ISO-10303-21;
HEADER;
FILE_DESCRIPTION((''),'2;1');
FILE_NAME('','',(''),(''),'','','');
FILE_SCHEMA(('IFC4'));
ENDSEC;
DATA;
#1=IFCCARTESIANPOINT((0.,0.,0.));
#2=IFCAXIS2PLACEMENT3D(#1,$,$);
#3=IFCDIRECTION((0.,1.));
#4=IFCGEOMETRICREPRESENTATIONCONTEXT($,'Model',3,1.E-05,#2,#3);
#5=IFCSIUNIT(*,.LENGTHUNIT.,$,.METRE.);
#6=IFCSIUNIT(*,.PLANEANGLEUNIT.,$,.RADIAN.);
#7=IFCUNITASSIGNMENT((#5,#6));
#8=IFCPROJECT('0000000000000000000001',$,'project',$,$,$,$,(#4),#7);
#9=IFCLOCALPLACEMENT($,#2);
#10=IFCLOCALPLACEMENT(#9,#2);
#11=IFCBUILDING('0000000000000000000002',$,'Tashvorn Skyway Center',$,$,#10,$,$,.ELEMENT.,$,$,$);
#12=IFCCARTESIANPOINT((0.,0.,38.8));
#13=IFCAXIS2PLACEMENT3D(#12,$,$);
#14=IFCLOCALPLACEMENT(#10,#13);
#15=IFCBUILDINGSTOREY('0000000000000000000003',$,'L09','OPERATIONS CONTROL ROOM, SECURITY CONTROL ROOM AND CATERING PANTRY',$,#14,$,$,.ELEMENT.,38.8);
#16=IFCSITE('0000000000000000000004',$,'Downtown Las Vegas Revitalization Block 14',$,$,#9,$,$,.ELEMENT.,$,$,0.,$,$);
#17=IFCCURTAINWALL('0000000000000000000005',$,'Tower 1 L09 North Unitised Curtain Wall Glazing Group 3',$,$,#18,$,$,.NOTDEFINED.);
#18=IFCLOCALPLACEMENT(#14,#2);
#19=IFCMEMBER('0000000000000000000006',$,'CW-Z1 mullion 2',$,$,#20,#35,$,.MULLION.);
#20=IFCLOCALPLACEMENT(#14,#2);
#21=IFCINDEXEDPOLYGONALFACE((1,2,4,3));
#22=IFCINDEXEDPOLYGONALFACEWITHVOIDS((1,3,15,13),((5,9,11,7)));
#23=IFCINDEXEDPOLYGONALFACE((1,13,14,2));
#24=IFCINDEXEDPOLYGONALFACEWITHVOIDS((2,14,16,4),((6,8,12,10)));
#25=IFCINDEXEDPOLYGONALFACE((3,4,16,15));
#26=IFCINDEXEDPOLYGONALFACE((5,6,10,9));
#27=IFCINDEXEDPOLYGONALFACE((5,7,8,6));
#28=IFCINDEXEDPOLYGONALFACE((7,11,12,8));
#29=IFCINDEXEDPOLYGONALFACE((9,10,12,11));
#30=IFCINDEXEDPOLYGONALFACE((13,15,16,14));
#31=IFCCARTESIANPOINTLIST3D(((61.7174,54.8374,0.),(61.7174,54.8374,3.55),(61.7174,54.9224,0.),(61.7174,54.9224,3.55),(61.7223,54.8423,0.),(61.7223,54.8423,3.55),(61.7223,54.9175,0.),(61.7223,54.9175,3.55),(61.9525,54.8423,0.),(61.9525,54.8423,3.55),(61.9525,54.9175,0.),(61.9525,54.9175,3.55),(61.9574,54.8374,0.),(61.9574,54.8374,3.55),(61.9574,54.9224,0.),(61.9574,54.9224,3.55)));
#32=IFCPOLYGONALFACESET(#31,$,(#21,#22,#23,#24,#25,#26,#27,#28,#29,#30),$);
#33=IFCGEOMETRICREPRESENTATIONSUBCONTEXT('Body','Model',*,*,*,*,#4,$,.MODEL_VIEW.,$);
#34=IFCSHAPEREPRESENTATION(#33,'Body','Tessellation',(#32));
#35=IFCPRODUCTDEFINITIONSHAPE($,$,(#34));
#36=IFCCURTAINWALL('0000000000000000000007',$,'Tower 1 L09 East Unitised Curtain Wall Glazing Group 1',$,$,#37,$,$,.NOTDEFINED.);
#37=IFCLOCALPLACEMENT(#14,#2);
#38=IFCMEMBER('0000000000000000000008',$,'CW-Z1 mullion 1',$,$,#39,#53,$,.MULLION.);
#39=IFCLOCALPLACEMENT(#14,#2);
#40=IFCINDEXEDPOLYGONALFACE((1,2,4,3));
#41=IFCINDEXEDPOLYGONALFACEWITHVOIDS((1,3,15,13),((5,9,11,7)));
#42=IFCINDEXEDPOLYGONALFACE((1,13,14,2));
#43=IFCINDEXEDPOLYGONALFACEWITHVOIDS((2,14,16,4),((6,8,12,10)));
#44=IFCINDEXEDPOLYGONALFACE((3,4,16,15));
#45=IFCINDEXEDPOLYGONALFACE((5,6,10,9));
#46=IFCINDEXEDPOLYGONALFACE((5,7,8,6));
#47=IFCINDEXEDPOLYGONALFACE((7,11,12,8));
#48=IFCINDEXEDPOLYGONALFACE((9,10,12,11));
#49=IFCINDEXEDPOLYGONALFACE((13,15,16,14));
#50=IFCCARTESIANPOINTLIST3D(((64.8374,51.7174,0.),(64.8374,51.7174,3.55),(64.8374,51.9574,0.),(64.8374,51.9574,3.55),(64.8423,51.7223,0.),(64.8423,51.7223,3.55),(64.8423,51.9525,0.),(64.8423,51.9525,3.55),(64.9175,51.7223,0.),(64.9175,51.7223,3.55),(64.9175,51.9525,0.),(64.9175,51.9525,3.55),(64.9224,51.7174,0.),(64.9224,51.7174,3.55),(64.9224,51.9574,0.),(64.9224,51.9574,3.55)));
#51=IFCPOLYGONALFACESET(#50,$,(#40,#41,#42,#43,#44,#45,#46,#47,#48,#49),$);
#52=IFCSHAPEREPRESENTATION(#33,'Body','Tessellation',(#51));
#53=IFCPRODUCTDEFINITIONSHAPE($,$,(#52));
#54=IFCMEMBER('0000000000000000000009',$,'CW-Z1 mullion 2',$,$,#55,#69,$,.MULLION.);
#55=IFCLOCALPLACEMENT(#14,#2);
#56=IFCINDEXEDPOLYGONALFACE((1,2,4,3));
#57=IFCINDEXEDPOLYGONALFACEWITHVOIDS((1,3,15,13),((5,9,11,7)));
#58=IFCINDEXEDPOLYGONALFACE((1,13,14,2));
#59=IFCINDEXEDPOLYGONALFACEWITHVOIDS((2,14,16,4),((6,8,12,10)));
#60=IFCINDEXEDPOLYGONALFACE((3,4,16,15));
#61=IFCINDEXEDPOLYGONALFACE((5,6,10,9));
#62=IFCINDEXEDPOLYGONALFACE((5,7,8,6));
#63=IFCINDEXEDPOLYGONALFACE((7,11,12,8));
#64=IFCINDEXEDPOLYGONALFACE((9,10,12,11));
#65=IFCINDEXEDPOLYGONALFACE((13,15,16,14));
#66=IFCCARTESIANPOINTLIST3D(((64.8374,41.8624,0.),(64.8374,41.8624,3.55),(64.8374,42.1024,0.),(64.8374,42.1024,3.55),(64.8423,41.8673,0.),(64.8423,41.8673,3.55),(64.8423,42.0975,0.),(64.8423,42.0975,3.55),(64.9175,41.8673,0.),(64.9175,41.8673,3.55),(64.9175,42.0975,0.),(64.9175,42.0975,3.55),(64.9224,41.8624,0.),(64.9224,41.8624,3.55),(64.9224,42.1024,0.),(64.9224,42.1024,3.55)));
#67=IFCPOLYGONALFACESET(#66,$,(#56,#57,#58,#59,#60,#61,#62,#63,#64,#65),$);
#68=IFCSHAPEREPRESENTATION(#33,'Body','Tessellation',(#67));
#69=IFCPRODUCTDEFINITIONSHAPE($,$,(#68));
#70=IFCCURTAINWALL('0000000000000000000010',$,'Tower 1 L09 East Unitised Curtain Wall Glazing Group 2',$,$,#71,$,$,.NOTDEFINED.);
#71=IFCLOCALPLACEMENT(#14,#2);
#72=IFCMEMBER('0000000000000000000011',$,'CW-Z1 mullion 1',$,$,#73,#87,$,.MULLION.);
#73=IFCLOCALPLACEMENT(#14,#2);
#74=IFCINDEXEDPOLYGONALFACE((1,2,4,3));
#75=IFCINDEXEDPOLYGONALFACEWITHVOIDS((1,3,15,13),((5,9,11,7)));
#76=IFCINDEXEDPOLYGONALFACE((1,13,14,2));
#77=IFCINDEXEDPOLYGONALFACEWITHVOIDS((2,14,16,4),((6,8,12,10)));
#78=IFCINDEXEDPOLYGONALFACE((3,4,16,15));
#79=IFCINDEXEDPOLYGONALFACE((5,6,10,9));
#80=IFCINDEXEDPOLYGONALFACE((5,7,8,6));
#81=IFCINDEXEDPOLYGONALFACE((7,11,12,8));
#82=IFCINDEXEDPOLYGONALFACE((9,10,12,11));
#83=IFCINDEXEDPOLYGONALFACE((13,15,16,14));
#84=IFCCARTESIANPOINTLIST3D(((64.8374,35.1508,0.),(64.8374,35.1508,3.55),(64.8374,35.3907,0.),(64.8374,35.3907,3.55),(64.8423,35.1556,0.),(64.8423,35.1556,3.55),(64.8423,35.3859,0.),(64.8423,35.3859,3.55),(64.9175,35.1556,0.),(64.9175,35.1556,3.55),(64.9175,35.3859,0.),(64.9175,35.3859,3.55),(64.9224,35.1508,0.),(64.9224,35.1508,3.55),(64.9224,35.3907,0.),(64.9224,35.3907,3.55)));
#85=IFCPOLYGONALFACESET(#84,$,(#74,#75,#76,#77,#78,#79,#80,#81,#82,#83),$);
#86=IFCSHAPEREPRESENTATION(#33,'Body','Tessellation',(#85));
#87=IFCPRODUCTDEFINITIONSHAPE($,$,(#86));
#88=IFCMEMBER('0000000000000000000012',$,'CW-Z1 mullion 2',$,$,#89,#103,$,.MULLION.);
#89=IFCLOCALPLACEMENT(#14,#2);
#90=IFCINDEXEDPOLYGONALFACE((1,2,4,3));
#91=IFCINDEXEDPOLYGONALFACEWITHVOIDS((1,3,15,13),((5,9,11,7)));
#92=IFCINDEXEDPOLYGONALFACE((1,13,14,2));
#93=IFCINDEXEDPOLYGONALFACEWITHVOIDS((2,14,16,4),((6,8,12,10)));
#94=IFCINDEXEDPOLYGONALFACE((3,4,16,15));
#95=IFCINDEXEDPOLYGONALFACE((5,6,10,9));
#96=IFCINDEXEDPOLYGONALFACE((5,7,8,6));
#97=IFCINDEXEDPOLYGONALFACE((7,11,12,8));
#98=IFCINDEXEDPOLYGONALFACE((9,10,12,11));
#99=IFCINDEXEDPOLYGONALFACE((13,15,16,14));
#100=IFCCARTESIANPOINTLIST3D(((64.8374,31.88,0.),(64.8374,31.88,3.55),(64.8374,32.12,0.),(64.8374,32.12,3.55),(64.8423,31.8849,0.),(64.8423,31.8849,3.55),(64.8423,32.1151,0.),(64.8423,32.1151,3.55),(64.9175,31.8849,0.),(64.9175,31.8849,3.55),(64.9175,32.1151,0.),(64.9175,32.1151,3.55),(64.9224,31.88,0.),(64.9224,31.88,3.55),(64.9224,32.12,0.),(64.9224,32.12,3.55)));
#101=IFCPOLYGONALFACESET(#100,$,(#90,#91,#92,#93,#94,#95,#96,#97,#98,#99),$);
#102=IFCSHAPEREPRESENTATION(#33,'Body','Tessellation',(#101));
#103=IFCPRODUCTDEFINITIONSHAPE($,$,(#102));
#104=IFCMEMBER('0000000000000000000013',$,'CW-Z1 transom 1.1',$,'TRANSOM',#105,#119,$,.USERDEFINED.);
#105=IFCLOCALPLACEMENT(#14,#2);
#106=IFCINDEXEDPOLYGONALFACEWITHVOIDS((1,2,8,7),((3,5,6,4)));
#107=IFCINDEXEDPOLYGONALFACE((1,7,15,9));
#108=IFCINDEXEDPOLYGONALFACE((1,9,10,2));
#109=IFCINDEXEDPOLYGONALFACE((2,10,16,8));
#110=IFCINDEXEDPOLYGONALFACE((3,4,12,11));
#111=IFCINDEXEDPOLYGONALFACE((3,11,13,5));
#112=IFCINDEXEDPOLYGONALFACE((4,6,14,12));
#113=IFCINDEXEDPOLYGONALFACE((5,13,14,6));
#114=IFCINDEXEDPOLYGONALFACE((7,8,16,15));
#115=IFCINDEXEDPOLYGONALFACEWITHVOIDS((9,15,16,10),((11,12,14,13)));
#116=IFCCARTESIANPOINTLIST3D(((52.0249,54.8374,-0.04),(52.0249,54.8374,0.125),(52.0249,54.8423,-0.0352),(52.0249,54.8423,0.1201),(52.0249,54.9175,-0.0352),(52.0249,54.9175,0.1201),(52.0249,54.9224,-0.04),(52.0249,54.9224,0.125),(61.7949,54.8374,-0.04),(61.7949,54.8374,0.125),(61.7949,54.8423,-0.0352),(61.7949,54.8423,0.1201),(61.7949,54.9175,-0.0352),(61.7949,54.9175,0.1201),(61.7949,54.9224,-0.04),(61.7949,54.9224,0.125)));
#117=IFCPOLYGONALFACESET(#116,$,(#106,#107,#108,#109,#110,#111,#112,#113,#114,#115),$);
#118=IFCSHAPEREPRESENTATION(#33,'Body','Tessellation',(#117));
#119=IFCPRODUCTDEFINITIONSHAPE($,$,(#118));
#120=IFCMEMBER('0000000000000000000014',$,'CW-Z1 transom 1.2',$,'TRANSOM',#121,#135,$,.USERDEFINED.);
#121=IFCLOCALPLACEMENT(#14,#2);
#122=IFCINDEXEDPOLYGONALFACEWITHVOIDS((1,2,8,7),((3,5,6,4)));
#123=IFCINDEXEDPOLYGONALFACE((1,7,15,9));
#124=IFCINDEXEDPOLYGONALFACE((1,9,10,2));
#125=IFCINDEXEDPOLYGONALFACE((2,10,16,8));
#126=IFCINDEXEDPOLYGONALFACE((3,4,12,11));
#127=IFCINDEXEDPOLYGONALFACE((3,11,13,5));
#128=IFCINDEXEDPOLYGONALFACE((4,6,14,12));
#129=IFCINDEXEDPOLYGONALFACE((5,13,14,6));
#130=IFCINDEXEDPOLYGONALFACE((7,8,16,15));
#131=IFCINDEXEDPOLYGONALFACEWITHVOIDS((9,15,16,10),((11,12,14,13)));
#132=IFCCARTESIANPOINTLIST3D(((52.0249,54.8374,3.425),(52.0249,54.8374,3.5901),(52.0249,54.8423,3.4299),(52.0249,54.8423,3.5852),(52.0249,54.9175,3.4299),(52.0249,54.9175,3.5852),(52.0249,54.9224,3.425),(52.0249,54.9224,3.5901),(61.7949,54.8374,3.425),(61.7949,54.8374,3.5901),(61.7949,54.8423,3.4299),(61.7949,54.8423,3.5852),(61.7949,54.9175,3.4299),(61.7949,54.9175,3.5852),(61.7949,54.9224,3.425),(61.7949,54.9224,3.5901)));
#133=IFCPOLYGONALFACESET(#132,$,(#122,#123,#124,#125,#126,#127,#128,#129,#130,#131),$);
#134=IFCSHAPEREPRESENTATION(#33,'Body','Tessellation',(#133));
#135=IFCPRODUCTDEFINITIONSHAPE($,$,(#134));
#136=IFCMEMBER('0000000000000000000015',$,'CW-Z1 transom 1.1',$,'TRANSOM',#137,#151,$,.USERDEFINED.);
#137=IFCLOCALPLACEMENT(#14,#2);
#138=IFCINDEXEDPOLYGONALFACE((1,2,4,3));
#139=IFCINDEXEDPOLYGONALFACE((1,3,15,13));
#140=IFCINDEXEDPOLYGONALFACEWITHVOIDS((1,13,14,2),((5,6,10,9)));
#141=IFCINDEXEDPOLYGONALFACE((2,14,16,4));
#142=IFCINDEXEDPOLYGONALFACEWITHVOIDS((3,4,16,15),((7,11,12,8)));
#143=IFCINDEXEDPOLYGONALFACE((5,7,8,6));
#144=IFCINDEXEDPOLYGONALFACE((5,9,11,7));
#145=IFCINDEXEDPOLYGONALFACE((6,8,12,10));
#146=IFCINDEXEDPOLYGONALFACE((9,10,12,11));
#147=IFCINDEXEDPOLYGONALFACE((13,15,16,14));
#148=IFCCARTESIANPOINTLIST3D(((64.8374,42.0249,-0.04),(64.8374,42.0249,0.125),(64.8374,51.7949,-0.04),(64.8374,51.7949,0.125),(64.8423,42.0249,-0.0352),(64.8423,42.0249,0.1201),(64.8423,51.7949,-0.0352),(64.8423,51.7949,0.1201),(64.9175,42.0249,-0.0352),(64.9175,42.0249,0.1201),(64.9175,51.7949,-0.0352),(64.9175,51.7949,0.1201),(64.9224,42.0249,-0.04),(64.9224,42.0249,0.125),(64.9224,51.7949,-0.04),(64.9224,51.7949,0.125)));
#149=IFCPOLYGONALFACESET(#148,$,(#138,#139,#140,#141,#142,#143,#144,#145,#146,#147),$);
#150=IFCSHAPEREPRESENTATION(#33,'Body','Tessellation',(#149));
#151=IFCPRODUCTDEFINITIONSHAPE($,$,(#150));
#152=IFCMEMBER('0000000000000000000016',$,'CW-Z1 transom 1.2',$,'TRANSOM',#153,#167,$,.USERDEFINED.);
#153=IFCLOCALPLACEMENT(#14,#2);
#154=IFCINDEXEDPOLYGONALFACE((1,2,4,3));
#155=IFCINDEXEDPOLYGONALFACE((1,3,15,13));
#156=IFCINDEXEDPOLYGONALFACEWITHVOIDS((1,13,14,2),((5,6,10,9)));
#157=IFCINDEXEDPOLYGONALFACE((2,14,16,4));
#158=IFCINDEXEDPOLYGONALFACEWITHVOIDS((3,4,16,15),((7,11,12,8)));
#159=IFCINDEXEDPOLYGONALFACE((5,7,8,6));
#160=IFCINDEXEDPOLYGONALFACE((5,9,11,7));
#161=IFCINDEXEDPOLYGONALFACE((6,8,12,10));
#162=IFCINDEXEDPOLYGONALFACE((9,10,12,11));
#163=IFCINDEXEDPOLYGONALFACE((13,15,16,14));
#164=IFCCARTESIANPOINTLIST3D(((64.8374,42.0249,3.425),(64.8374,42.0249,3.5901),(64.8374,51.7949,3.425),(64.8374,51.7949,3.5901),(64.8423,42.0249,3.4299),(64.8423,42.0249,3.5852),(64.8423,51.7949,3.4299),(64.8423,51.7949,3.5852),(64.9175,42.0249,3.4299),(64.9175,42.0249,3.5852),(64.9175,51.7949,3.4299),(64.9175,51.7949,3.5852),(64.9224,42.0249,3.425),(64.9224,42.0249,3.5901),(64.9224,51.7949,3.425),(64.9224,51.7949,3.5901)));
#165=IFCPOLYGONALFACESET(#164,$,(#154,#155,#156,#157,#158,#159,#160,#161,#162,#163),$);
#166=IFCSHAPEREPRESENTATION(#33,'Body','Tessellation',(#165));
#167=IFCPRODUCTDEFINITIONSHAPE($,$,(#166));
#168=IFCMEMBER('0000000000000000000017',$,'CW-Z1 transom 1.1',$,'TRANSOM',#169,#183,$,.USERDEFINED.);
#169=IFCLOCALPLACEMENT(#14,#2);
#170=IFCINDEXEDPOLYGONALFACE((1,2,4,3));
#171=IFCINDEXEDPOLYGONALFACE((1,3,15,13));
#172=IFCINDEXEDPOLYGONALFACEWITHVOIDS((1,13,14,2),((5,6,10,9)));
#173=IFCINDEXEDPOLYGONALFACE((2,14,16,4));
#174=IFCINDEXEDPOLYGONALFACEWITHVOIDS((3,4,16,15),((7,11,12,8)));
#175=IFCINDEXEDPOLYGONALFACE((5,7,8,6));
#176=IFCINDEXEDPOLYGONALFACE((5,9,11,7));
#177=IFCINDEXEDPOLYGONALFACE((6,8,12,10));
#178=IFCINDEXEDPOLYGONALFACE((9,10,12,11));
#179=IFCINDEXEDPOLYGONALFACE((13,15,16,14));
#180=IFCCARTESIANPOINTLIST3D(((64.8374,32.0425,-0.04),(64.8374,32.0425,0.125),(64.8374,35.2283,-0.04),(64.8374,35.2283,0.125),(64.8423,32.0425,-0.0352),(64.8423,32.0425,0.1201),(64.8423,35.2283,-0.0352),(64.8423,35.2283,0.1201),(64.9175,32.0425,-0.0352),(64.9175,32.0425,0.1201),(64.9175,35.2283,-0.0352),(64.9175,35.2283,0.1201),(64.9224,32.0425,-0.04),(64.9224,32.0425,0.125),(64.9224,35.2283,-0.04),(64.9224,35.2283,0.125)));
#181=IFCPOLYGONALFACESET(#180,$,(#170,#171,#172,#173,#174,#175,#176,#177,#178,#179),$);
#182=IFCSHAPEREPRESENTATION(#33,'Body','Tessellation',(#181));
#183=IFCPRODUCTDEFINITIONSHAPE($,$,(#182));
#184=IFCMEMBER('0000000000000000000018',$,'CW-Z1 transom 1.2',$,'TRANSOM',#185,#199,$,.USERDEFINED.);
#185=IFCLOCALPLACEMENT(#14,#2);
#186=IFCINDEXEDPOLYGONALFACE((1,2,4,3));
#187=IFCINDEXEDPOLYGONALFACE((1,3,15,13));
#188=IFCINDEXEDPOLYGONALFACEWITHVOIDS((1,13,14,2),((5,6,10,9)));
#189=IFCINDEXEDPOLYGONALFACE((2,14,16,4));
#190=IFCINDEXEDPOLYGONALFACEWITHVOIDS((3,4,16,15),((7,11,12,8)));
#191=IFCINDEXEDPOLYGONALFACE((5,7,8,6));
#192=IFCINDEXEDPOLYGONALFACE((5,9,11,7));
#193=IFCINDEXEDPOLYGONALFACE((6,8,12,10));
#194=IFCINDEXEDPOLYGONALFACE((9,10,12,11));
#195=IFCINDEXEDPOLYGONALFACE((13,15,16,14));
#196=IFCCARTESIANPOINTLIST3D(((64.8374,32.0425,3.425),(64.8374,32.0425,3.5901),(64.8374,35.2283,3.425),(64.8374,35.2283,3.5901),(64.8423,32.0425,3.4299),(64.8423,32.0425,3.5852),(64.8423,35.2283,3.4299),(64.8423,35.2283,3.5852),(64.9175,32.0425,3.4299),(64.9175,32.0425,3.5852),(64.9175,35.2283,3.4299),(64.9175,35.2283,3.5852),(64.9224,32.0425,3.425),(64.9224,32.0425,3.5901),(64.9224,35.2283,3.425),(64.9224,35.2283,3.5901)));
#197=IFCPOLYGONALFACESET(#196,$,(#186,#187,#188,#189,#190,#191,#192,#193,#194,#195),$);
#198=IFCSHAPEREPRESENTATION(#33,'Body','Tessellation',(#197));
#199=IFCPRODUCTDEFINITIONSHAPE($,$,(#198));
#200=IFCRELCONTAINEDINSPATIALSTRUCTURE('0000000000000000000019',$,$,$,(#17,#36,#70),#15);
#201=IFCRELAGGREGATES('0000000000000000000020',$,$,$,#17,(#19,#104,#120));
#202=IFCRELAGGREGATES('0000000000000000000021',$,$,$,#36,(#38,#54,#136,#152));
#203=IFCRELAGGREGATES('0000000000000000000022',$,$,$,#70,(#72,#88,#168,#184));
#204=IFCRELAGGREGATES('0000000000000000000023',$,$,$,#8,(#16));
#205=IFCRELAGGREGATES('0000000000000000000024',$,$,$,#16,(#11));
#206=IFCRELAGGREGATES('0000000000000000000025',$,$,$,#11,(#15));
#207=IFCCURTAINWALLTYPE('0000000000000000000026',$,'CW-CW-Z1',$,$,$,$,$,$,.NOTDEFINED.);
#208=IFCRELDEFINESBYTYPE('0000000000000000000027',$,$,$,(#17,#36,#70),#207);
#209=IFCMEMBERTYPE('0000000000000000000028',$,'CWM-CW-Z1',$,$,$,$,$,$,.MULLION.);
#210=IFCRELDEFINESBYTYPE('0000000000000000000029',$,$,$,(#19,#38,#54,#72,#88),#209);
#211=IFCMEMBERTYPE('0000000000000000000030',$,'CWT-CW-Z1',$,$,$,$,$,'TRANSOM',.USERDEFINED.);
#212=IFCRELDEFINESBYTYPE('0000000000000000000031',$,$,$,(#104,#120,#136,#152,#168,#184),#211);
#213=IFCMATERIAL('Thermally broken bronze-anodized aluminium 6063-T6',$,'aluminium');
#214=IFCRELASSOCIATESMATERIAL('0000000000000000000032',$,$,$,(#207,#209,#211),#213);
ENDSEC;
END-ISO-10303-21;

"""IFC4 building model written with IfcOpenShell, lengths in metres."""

from ifc_helpers import new_model, si_unit, direction, frame, origin, origin_2d, place, context, subcontext, project, spatial, hollow_rectangle, extrude, material, material_profile, profile_set, type_object, element, aggregate, save


model = new_model("IFC4")

# Units and contexts
model_context = context("Model", 3, precision=1e-05, world=origin(), true_north=direction((0.0, 1.0)))
body_context = subcontext(model_context, "Body", "Model", "MODEL_VIEW")
ifc_project = project(units=[si_unit("LENGTHUNIT", "METRE"), si_unit("PLANEANGLEUNIT", "RADIAN")], contexts=[model_context])

# Site, building, storey
site_placement = place(None, origin())
site = spatial("IfcSite", under=ifc_project, at=site_placement, Name="Downtown Las Vegas Revitalization Block 14", CompositionType="ELEMENT", RefElevation=0.0)
building_placement = place(site_placement, origin())
building = spatial("IfcBuilding", under=site, at=building_placement, Name="Tashvorn Skyway Center", CompositionType="ELEMENT")
storey_placement = place(building_placement, frame((0.0, 0.0, 38.8)))
storey = spatial("IfcBuildingStorey", under=building, at=storey_placement, Name="L09", Description="OPERATIONS CONTROL ROOM, SECURITY CONTROL ROOM AND CATERING PANTRY", CompositionType="ELEMENT", Elevation=38.8)

# Curtain walls, members
ifc_material_1 = material(Name="Thermally broken bronze-anodized aluminium 6063-T6", Category="aluminium")
curtain_wall_type = type_object("IfcCurtainWallType", Name="CW-CW-Z1", PredefinedType="NOTDEFINED", material=ifc_material_1)
curtain_wall_1_placement = place(storey_placement, origin())
curtain_wall_1 = element("IfcCurtainWall", 1, at=curtain_wall_1_placement, inside=storey, type_object=curtain_wall_type, Name="Tower 1 L09 North Unitised Curtain Wall Glazing Group 3", PredefinedType="NOTDEFINED")
ifc_material_profile_1 = material_profile(ifc_material_1, hollow_rectangle(XDim=0.085, YDim=0.24, WallThickness=0.0049, at=origin_2d()), Name="ALU-MULL-85x240")
ifc_profile_set_1 = profile_set([ifc_material_profile_1], Name="Thermally broken bronze-anodized aluminium 6063-T6")
member_type_1 = type_object("IfcMemberType", Name="CWM-CW-Z1", PredefinedType="MULLION", material=ifc_profile_set_1)
member_1_placement = place(storey_placement, frame((61.8374, 54.8799, 0.0), z_axis=(0.0, 0.0, 1.0), x_axis=(0.0, 1.0, 0.0)))
member_1 = element("IfcMember", 2, at=member_1_placement, type_object=member_type_1, Name="CW-Z1 mullion 2", PredefinedType="MULLION", context=body_context, shape_type="SweptSolid", body=[
    extrude(hollow_rectangle(XDim=0.085, YDim=0.24, WallThickness=0.0049, at=origin_2d()), origin(), (0.0, 0.0, 1.0), 3.55),
])
curtain_wall_2_placement = place(storey_placement, origin())
curtain_wall_2 = element("IfcCurtainWall", 3, at=curtain_wall_2_placement, inside=storey, type_object=curtain_wall_type, Name="Tower 1 L09 East Unitised Curtain Wall Glazing Group 1", PredefinedType="NOTDEFINED")
member_2_placement = place(storey_placement, frame((64.8799, 51.8374, 0.0), z_axis=(0.0, 0.0, 1.0), x_axis=(1.0, 0.0, 0.0)))
member_2 = element("IfcMember", 4, at=member_2_placement, type_object=member_type_1, Name="CW-Z1 mullion 1", PredefinedType="MULLION", context=body_context, shape_type="SweptSolid", body=[
    extrude(hollow_rectangle(XDim=0.085, YDim=0.24, WallThickness=0.0049, at=origin_2d()), origin(), (0.0, 0.0, 1.0), 3.55),
])
member_3_placement = place(storey_placement, frame((64.8799, 41.9824, 0.0), z_axis=(0.0, 0.0, 1.0), x_axis=(1.0, 0.0, 0.0)))
member_3 = element("IfcMember", 5, at=member_3_placement, type_object=member_type_1, Name="CW-Z1 mullion 2", PredefinedType="MULLION", context=body_context, shape_type="SweptSolid", body=[
    extrude(hollow_rectangle(XDim=0.085, YDim=0.24, WallThickness=0.0049, at=origin_2d()), origin(), (0.0, 0.0, 1.0), 3.55),
])
curtain_wall_3_placement = place(storey_placement, origin())
curtain_wall_3 = element("IfcCurtainWall", 6, at=curtain_wall_3_placement, inside=storey, type_object=curtain_wall_type, Name="Tower 1 L09 East Unitised Curtain Wall Glazing Group 2", PredefinedType="NOTDEFINED")
member_4_placement = place(storey_placement, frame((64.8799, 35.2708, 0.0), z_axis=(0.0, 0.0, 1.0), x_axis=(1.0, 0.0, 0.0)))
member_4 = element("IfcMember", 7, at=member_4_placement, type_object=member_type_1, Name="CW-Z1 mullion 1", PredefinedType="MULLION", context=body_context, shape_type="SweptSolid", body=[
    extrude(hollow_rectangle(XDim=0.085, YDim=0.24, WallThickness=0.0049, at=origin_2d()), origin(), (0.0, 0.0, 1.0), 3.55),
])
member_5_placement = place(storey_placement, frame((64.8799, 32.0, 0.0), z_axis=(0.0, 0.0, 1.0), x_axis=(1.0, 0.0, 0.0)))
member_5 = element("IfcMember", 8, at=member_5_placement, type_object=member_type_1, Name="CW-Z1 mullion 2", PredefinedType="MULLION", context=body_context, shape_type="SweptSolid", body=[
    extrude(hollow_rectangle(XDim=0.085, YDim=0.24, WallThickness=0.0049, at=origin_2d()), origin(), (0.0, 0.0, 1.0), 3.55),
])

# Members
ifc_material_profile_2 = material_profile(ifc_material_1, hollow_rectangle(XDim=0.085, YDim=0.165, WallThickness=0.0049, at=origin_2d()), Name="ALU-TRAN-85x165")
ifc_profile_set_2 = profile_set([ifc_material_profile_2], Name="Thermally broken bronze-anodized aluminium 6063-T6")
member_type_2 = type_object("IfcMemberType", Name="CWT-CW-Z1", ElementType="TRANSOM", PredefinedType="USERDEFINED", material=ifc_profile_set_2)
member_6_placement = place(storey_placement, frame((52.0249, 54.8799, 0.0425), z_axis=(1.0, 0.0, 0.0), x_axis=(0.0, 1.0, 0.0)))
member_6 = element("IfcMember", 9, at=member_6_placement, type_object=member_type_2, Name="CW-Z1 transom 1.1", ObjectType="TRANSOM", PredefinedType="USERDEFINED", context=body_context, shape_type="SweptSolid", body=[
    extrude(hollow_rectangle(XDim=0.085, YDim=0.165, WallThickness=0.0049, at=origin_2d()), origin(), (0.0, 0.0, 1.0), 9.77),
])
member_7_placement = place(storey_placement, frame((52.0249, 54.8799, 3.5076), z_axis=(1.0, 0.0, 0.0), x_axis=(0.0, 1.0, 0.0)))
member_7 = element("IfcMember", 10, at=member_7_placement, type_object=member_type_2, Name="CW-Z1 transom 1.2", ObjectType="TRANSOM", PredefinedType="USERDEFINED", context=body_context, shape_type="SweptSolid", body=[
    extrude(hollow_rectangle(XDim=0.085, YDim=0.165, WallThickness=0.0049, at=origin_2d()), origin(), (0.0, 0.0, 1.0), 9.77),
])
member_8_placement = place(storey_placement, frame((64.8799, 51.7949, 0.0425), z_axis=(0.0, -1.0, 0.0), x_axis=(1.0, 0.0, 0.0)))
member_8 = element("IfcMember", 11, at=member_8_placement, type_object=member_type_2, Name="CW-Z1 transom 1.1", ObjectType="TRANSOM", PredefinedType="USERDEFINED", context=body_context, shape_type="SweptSolid", body=[
    extrude(hollow_rectangle(XDim=0.085, YDim=0.165, WallThickness=0.0049, at=origin_2d()), origin(), (0.0, 0.0, 1.0), 9.77),
])
member_9_placement = place(storey_placement, frame((64.8799, 51.7949, 3.5076), z_axis=(0.0, -1.0, 0.0), x_axis=(1.0, 0.0, 0.0)))
member_9 = element("IfcMember", 12, at=member_9_placement, type_object=member_type_2, Name="CW-Z1 transom 1.2", ObjectType="TRANSOM", PredefinedType="USERDEFINED", context=body_context, shape_type="SweptSolid", body=[
    extrude(hollow_rectangle(XDim=0.085, YDim=0.165, WallThickness=0.0049, at=origin_2d()), origin(), (0.0, 0.0, 1.0), 9.77),
])
member_10_placement = place(storey_placement, frame((64.8799, 35.2283, 0.0425), z_axis=(0.0, -1.0, 0.0), x_axis=(1.0, 0.0, 0.0)))
member_10 = element("IfcMember", 13, at=member_10_placement, type_object=member_type_2, Name="CW-Z1 transom 1.1", ObjectType="TRANSOM", PredefinedType="USERDEFINED", context=body_context, shape_type="SweptSolid", body=[
    extrude(hollow_rectangle(XDim=0.085, YDim=0.165, WallThickness=0.0049, at=origin_2d()), origin(), (0.0, 0.0, 1.0), 3.1858),
])
member_11_placement = place(storey_placement, frame((64.8799, 35.2283, 3.5076), z_axis=(0.0, -1.0, 0.0), x_axis=(1.0, 0.0, 0.0)))
member_11 = element("IfcMember", 14, at=member_11_placement, type_object=member_type_2, Name="CW-Z1 transom 1.2", ObjectType="TRANSOM", PredefinedType="USERDEFINED", context=body_context, shape_type="SweptSolid", body=[
    extrude(hollow_rectangle(XDim=0.085, YDim=0.165, WallThickness=0.0049, at=origin_2d()), origin(), (0.0, 0.0, 1.0), 3.1858),
])

aggregate(curtain_wall_1, [member_1, member_6, member_7])
aggregate(curtain_wall_2, [member_2, member_3, member_8, member_9])
aggregate(curtain_wall_3, [member_4, member_5, member_10, member_11])

save(model, "model.ifc")
